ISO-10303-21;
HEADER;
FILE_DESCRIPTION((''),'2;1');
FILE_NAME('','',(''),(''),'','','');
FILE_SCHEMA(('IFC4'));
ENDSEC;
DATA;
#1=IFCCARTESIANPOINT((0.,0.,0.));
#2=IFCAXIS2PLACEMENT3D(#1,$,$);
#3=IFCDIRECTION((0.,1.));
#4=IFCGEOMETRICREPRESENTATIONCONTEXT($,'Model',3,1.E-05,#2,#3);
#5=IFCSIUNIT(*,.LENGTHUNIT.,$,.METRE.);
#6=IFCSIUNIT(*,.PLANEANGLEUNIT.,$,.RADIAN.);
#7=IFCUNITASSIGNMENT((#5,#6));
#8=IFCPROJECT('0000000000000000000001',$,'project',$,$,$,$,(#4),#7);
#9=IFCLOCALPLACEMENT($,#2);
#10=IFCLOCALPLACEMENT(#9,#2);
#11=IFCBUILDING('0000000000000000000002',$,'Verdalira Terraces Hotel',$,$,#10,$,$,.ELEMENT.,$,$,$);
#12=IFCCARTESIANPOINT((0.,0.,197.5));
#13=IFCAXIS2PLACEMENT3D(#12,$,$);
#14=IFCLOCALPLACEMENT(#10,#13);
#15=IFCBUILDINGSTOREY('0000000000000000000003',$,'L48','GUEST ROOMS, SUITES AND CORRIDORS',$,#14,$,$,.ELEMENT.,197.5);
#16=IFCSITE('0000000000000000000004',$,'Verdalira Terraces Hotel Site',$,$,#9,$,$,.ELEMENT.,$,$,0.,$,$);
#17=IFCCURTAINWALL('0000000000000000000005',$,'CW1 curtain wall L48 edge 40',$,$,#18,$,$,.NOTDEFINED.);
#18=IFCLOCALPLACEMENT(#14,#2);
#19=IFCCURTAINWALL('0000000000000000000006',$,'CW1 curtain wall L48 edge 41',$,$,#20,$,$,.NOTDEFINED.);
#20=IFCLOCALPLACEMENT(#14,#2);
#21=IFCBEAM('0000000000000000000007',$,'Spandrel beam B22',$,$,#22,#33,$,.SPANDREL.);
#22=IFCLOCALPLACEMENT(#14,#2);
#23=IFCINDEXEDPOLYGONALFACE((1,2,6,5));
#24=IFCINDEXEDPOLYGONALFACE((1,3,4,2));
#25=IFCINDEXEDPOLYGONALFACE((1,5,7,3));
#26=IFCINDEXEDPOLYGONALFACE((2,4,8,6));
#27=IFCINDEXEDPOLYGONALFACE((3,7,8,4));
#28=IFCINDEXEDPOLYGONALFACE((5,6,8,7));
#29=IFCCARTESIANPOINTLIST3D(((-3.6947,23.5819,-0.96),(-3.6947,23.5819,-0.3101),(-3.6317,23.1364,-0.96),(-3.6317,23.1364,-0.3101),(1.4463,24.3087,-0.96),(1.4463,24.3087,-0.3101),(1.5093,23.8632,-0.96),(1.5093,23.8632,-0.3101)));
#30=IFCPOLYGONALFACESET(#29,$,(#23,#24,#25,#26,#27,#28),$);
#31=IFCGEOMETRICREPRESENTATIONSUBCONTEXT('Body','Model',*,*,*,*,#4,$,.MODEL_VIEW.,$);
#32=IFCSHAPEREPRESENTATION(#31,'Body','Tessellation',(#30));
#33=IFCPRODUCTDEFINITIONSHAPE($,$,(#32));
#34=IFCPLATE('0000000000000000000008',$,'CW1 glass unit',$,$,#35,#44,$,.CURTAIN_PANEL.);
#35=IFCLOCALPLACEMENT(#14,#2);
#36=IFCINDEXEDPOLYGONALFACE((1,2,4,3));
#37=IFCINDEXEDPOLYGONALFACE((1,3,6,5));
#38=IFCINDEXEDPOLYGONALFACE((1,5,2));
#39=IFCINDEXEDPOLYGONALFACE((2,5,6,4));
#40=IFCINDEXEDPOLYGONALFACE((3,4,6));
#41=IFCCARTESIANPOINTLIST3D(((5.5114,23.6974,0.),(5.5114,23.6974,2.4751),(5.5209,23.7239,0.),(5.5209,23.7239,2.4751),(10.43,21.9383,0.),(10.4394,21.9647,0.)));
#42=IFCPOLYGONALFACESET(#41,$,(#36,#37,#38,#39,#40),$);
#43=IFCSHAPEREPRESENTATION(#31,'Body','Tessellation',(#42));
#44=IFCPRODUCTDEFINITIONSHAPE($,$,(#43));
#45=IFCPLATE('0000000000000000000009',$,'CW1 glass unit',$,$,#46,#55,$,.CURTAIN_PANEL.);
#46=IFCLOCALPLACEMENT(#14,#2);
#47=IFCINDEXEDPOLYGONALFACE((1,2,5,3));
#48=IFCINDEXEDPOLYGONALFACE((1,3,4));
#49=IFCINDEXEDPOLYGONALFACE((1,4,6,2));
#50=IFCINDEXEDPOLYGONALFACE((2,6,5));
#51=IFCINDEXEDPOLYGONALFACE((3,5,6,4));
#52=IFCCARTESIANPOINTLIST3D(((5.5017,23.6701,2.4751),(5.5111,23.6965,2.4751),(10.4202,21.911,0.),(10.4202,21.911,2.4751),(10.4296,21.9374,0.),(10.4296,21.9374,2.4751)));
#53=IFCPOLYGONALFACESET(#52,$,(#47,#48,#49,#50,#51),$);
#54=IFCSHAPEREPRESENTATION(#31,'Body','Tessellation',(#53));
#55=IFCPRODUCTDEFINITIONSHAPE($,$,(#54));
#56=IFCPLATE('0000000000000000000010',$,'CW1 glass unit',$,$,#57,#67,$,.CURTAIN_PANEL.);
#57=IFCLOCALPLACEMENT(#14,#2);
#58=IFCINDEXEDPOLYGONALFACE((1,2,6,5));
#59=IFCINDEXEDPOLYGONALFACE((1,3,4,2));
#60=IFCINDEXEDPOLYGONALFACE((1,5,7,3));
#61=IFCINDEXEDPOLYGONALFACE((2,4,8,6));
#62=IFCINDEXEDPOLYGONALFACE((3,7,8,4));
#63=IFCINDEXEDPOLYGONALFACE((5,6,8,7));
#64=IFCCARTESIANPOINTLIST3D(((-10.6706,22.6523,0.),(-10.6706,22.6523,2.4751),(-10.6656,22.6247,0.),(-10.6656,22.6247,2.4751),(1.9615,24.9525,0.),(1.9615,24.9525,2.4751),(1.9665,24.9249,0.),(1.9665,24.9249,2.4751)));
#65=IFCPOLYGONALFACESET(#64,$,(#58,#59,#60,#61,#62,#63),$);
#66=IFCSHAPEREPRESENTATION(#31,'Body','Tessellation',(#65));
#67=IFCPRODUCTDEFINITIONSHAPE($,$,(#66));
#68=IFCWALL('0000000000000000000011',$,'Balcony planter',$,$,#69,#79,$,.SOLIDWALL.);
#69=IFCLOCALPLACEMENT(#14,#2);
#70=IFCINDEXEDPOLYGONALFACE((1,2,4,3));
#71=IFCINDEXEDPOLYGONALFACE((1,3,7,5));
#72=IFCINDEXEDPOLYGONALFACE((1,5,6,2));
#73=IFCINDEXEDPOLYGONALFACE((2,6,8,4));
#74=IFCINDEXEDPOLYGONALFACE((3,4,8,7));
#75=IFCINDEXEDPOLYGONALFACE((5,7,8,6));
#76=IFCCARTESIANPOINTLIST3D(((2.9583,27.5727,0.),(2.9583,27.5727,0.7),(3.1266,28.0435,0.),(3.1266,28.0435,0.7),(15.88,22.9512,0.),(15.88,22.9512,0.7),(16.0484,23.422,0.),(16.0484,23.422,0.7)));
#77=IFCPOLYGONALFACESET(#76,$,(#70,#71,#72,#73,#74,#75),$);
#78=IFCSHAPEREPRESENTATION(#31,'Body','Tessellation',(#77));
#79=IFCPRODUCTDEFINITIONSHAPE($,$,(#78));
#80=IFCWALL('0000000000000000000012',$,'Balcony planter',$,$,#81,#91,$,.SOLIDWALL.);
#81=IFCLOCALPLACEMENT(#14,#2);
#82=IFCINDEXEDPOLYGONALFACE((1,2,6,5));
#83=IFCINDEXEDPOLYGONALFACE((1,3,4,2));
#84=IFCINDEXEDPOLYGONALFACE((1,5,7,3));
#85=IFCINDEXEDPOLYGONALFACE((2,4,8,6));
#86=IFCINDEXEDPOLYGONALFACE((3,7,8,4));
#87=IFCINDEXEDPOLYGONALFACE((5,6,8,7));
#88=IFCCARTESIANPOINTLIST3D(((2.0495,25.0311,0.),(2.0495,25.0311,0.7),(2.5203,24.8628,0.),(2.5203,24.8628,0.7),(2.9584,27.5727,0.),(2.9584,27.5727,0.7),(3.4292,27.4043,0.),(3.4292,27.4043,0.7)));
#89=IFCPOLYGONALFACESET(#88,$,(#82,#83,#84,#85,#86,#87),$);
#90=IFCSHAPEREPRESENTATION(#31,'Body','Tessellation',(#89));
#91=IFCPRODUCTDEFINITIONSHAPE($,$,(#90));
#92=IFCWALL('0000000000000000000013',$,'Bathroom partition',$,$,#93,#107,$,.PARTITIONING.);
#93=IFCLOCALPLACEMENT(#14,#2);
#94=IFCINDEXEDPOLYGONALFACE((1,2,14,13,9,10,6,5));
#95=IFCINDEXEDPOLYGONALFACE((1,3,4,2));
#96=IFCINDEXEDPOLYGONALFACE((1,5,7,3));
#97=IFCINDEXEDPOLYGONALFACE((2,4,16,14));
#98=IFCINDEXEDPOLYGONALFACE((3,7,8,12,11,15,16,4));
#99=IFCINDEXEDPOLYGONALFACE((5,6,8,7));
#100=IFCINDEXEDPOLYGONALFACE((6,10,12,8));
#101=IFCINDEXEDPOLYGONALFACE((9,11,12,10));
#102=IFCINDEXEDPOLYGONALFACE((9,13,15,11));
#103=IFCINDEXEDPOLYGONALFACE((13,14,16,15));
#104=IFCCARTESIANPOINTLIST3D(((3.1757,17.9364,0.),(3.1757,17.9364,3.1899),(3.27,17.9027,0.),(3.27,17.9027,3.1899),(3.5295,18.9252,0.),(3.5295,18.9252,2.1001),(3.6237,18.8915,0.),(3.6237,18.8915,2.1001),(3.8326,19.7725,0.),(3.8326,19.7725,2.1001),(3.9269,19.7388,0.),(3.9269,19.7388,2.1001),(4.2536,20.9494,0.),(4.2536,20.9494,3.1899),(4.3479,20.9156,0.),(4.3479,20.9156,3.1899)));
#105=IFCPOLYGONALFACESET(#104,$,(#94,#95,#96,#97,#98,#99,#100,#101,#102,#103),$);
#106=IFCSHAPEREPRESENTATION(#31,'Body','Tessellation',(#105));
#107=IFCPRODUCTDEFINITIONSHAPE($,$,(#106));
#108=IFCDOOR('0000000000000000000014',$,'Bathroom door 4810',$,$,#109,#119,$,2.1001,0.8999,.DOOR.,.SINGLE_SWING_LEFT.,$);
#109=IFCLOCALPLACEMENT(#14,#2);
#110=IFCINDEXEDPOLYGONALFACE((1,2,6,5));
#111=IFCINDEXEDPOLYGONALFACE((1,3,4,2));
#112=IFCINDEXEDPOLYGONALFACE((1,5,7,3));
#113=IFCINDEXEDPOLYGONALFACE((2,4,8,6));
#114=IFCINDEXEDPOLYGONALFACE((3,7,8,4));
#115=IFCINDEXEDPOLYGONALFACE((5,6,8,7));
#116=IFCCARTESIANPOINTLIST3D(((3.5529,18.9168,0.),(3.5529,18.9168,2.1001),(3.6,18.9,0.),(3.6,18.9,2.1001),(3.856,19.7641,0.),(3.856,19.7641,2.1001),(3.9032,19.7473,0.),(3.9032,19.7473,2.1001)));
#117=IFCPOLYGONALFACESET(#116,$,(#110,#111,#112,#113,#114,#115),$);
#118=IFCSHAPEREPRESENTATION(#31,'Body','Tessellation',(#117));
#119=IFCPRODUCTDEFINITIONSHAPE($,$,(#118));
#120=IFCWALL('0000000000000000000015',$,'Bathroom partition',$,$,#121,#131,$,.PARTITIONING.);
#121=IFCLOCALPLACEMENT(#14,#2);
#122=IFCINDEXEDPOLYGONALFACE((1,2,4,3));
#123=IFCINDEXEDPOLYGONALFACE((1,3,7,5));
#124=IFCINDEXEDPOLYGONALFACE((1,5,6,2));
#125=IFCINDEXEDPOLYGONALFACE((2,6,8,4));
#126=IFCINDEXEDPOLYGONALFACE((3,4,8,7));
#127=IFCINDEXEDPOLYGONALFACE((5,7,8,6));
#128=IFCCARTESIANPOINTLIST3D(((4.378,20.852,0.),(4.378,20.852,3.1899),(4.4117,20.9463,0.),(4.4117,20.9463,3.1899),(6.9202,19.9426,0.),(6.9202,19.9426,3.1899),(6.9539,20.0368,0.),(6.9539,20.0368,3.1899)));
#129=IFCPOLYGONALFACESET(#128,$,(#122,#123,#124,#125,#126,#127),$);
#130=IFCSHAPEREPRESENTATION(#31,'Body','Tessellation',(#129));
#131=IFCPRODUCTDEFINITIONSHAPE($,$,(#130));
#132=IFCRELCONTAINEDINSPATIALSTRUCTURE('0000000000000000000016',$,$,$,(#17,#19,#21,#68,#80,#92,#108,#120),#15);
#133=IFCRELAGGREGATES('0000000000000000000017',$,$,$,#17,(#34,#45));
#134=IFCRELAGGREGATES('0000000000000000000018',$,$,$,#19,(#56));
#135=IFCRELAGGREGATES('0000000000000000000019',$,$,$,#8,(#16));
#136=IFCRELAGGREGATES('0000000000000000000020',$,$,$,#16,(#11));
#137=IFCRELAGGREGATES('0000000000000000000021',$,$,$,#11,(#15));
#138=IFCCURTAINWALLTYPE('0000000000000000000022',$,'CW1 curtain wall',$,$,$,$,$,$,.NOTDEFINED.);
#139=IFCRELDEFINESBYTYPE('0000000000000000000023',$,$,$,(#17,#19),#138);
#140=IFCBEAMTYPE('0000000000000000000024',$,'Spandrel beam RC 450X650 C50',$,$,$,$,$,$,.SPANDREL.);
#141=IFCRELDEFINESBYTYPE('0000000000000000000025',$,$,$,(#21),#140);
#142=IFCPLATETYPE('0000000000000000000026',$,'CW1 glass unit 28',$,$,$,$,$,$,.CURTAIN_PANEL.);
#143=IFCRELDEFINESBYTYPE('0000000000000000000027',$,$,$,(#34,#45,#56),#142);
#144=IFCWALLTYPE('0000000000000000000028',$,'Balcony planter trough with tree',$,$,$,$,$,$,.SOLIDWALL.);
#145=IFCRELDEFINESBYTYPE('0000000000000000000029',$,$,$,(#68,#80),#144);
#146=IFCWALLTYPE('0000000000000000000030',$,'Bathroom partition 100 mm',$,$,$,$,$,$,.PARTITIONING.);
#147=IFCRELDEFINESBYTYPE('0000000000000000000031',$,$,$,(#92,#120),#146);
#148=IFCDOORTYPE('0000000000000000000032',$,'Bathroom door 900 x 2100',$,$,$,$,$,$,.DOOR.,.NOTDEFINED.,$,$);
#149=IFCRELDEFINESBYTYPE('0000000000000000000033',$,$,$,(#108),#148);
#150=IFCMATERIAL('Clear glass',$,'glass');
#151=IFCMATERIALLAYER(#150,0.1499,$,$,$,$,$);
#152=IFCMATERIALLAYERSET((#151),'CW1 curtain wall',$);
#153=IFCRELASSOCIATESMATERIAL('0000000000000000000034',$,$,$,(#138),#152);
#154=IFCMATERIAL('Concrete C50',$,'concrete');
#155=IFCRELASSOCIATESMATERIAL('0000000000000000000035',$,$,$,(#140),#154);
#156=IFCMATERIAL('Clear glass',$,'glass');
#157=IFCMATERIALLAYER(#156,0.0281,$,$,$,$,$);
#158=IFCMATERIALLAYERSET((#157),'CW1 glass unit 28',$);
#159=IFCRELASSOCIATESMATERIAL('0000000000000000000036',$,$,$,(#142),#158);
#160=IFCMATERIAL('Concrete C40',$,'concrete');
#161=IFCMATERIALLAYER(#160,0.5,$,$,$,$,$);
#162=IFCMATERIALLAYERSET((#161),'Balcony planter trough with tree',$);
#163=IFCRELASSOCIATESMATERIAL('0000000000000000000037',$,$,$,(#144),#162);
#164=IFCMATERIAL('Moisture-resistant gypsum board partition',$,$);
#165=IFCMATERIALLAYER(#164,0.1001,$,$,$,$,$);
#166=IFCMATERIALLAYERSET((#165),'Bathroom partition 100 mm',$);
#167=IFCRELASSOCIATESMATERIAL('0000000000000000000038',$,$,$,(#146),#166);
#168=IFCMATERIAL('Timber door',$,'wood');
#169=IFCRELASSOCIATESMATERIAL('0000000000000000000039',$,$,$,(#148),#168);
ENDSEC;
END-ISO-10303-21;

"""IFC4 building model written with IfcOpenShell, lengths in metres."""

from ifc_helpers import new_model, si_unit, direction, frame, frame_2d, origin, origin_2d, place, context, subcontext, project, spatial, polyline, rectangle, outline, extrude, material, layer, layer_set, material_profile, profile_set, type_object, element, fill, aggregate, save


model = new_model("IFC4")

# Units and contexts
model_context = context("Model", 3, precision=1e-05, world=origin(), true_north=direction((0.0, 1.0)))
body_context = subcontext(model_context, "Body", "Model", "MODEL_VIEW")
ifc_project = project(units=[si_unit("LENGTHUNIT", "METRE"), si_unit("PLANEANGLEUNIT", "RADIAN")], contexts=[model_context])

# Site, building, storey
site_placement = place(None, origin())
site = spatial("IfcSite", under=ifc_project, at=site_placement, Name="Verdalira Terraces Hotel Site", CompositionType="ELEMENT", RefElevation=0.0)
building_placement = place(site_placement, origin())
building = spatial("IfcBuilding", under=site, at=building_placement, Name="Verdalira Terraces Hotel", CompositionType="ELEMENT")
storey_placement = place(building_placement, frame((0.0, 0.0, 197.5)))
storey = spatial("IfcBuildingStorey", under=building, at=storey_placement, Name="L48", Description="GUEST ROOMS, SUITES AND CORRIDORS", CompositionType="ELEMENT", Elevation=197.5)

# Curtain walls
ifc_material_1 = material(Name="Clear glass", Category="glass")
ifc_layer_1 = layer(ifc_material_1, 0.1499)
ifc_layer_set_1 = layer_set([ifc_layer_1], Name="CW1 curtain wall")
curtain_wall_type = type_object("IfcCurtainWallType", Name="CW1 curtain wall", PredefinedType="NOTDEFINED", material=ifc_layer_set_1)
curtain_wall_1_placement = place(storey_placement, origin())
curtain_wall_1 = element("IfcCurtainWall", 1, at=curtain_wall_1_placement, inside=storey, type_object=curtain_wall_type, Name="CW1 curtain wall L48 edge 40", PredefinedType="NOTDEFINED")
curtain_wall_2_placement = place(storey_placement, origin())
curtain_wall_2 = element("IfcCurtainWall", 2, at=curtain_wall_2_placement, inside=storey, type_object=curtain_wall_type, Name="CW1 curtain wall L48 edge 41", PredefinedType="NOTDEFINED")

# Beam
ifc_material_2 = material(Name="Concrete C50", Category="concrete")
ifc_material_profile_1 = material_profile(ifc_material_2, rectangle(XDim=0.45, YDim=0.6499, at=origin_2d()), Name="RC 450X650")
ifc_profile_set_1 = profile_set([ifc_material_profile_1], Name="Concrete C50")
beam_type_1 = type_object("IfcBeamType", Name="Spandrel beam RC 450X650 C50", PredefinedType="SPANDREL", material=ifc_profile_set_1)
beam_1_placement = place(storey_placement, frame((1.4778, 24.0859, -0.635), z_axis=(-0.990154, -0.13998, 0.0), x_axis=(0.13998, -0.990154, 0.0)))
element("IfcBeam", 3, at=beam_1_placement, inside=storey, type_object=beam_type_1, Name="Spandrel beam B22", PredefinedType="SPANDREL", context=body_context, shape_type="SweptSolid", body=[
    extrude(rectangle(XDim=0.45, YDim=0.6499, at=origin_2d()), origin(), (0.0, 0.0, 1.0), 5.1921),
])

# Plates
ifc_material_3 = material(Name="Clear glass", Category="glass")
ifc_layer_2 = layer(ifc_material_3, 0.0281)
ifc_layer_set_2 = layer_set([ifc_layer_2], Name="CW1 glass unit 28")
plate_type = type_object("IfcPlateType", Name="CW1 glass unit 28", PredefinedType="CURTAIN_PANEL", material=ifc_layer_set_2)
plate_1_placement = place(storey_placement, frame((7.9707, 22.8179, 1.2375), z_axis=(0.336767, 0.941588, 0.0), x_axis=(-0.941588, 0.336767, 0.0)))
plate_1 = element("IfcPlate", 4, at=plate_1_placement, type_object=plate_type, Name="CW1 glass unit", PredefinedType="CURTAIN_PANEL", context=body_context, shape_type="SweptSolid", body=[
    extrude(outline(polyline([(-2.6118, -1.2375), (2.6118, -1.2375), (2.6118, 1.2375), (-2.6118, -1.2375)])), origin(), (0.0, 0.0, 1.0), 0.0281),
])
plate_2_placement = place(storey_placement, frame((7.9609, 22.7905, 1.2375), z_axis=(0.336767, 0.941588, 0.0), x_axis=(-0.941588, 0.336767, 0.0)))
plate_2 = element("IfcPlate", 5, at=plate_2_placement, type_object=plate_type, Name="CW1 glass unit", PredefinedType="CURTAIN_PANEL", context=body_context, shape_type="SweptSolid", body=[
    extrude(outline(polyline([(-2.6118, -1.2375), (2.6118, 1.2375), (-2.6118, 1.2375), (-2.6118, -1.2375)])), origin(), (0.0, 0.0, 1.0), 0.0281),
])
aggregate(curtain_wall_1, [plate_1, plate_2])
plate_3_placement = place(storey_placement, frame((-4.3521, 23.7886, 0.0), z_axis=(0.0, 0.0, 1.0), x_axis=(-0.983823, -0.179146, 0.0)))
plate_3 = element("IfcPlate", 6, at=plate_3_placement, type_object=plate_type, Name="CW1 glass unit", PredefinedType="CURTAIN_PANEL", context=body_context, shape_type="SweptSolid", body=[
    extrude(rectangle(XDim=12.8398, YDim=0.0281, at=origin_2d()), origin(), (0.0, 0.0, 1.0), 2.4751),
])
aggregate(curtain_wall_2, [plate_3])

# Walls
ifc_material_4 = material(Name="Concrete C40", Category="concrete")
ifc_layer_3 = layer(ifc_material_4, 0.5)
ifc_layer_set_3 = layer_set([ifc_layer_3], Name="Balcony planter trough with tree")
wall_type_1 = type_object("IfcWallType", Name="Balcony planter trough with tree", PredefinedType="SOLIDWALL", material=ifc_layer_set_3)
wall_1_placement = place(storey_placement, frame((15.9644, 23.1865, 0.0), z_axis=(0.0, 0.0, 1.0), x_axis=(-0.941589, 0.336765, 0.0)))
element("IfcWall", 7, at=wall_1_placement, inside=storey, type_object=wall_type_1, Name="Balcony planter", PredefinedType="SOLIDWALL", context=body_context, shape_type="SweptSolid", body=[
    extrude(rectangle(XDim=13.7234, YDim=0.5, at=frame_2d((6.8618, 0.0))), origin(), (0.0, 0.0, 1.0), 0.7),
])
wall_2_placement = place(storey_placement, frame((3.1938, 27.4885, 0.0), z_axis=(0.0, 0.0, 1.0), x_axis=(-0.336749, -0.941594, 0.0)))
element("IfcWall", 8, at=wall_2_placement, inside=storey, type_object=wall_type_1, Name="Balcony planter", PredefinedType="SOLIDWALL", context=body_context, shape_type="SweptSolid", body=[
    extrude(rectangle(XDim=2.6992, YDim=0.5, at=frame_2d((1.3496, 0.0))), origin(), (0.0, 0.0, 1.0), 0.7),
])

# Wall, opening, door
ifc_material_5 = material(Name="Moisture-resistant gypsum board partition")
ifc_layer_4 = layer(ifc_material_5, 0.1001)
ifc_layer_set_4 = layer_set([ifc_layer_4], Name="Bathroom partition 100 mm")
wall_type_2 = type_object("IfcWallType", Name="Bathroom partition 100 mm", PredefinedType="PARTITIONING", material=ifc_layer_set_4)
wall_3_placement = place(storey_placement, frame((4.3008, 20.9326, 0.0), z_axis=(0.0, 0.0, 1.0), x_axis=(-0.336844, -0.941561, 0.0)))
wall_3 = element("IfcWall", 9, at=wall_3_placement, inside=storey, type_object=wall_type_2, Name="Bathroom partition", PredefinedType="PARTITIONING", context=body_context, shape_type="SweptSolid", body=[
    extrude(rectangle(XDim=3.2, YDim=0.1001, at=frame_2d((1.6001, 0.0))), origin(), (0.0, 0.0, 1.0), 3.1899),
])
opening_1_placement = place(wall_3_placement, frame((1.25, 0.0, 0.0)))
opening_1 = element("IfcOpeningElement", 10, at=opening_1_placement, cuts=wall_3, PredefinedType="OPENING", context=body_context, shape_type="SweptSolid", body=[
    extrude(rectangle(XDim=0.8999, YDim=2.1001, at=frame_2d((0.45, 1.05))), frame((0.0, 0.0601, 0.0), z_axis=(0.0, -1.0, 0.0), x_axis=(1.0, 0.0, 0.0)), (0.0, 0.0, 1.0), 0.1201),
])
ifc_material_6 = material(Name="Timber door", Category="wood")
door_type_1 = type_object("IfcDoorType", Name="Bathroom door 900 x 2100", OperationType="NOTDEFINED", PredefinedType="DOOR", material=ifc_material_6)
door_1_placement = place(opening_1_placement, origin())
door_1 = element("IfcDoor", 11, at=door_1_placement, inside=storey, type_object=door_type_1, Name="Bathroom door 4810", OperationType="SINGLE_SWING_LEFT", OverallHeight=2.1001, OverallWidth=0.8999, PredefinedType="DOOR", context=body_context, shape_type="SweptSolid", body=[
    extrude(rectangle(XDim=0.8999, YDim=2.1001, at=frame_2d((0.45, 1.05))), frame((0.0, 0.0249, 0.0), z_axis=(0.0, -1.0, 0.0), x_axis=(1.0, 0.0, 0.0)), (0.0, 0.0, 1.0), 0.05),
])
fill(opening_1, door_1)

# Wall
wall_4_placement = place(storey_placement, frame((4.3948, 20.8992, 0.0), z_axis=(0.0, 0.0, 1.0), x_axis=(0.941568, -0.336823, 0.0)))
element("IfcWall", 12, at=wall_4_placement, inside=storey, type_object=wall_type_2, Name="Bathroom partition", PredefinedType="PARTITIONING", context=body_context, shape_type="SweptSolid", body=[
    extrude(rectangle(XDim=2.7, YDim=0.1001, at=frame_2d((1.3501, 0.0))), origin(), (0.0, 0.0, 1.0), 3.1899),
])

save(model, "model.ifc")
